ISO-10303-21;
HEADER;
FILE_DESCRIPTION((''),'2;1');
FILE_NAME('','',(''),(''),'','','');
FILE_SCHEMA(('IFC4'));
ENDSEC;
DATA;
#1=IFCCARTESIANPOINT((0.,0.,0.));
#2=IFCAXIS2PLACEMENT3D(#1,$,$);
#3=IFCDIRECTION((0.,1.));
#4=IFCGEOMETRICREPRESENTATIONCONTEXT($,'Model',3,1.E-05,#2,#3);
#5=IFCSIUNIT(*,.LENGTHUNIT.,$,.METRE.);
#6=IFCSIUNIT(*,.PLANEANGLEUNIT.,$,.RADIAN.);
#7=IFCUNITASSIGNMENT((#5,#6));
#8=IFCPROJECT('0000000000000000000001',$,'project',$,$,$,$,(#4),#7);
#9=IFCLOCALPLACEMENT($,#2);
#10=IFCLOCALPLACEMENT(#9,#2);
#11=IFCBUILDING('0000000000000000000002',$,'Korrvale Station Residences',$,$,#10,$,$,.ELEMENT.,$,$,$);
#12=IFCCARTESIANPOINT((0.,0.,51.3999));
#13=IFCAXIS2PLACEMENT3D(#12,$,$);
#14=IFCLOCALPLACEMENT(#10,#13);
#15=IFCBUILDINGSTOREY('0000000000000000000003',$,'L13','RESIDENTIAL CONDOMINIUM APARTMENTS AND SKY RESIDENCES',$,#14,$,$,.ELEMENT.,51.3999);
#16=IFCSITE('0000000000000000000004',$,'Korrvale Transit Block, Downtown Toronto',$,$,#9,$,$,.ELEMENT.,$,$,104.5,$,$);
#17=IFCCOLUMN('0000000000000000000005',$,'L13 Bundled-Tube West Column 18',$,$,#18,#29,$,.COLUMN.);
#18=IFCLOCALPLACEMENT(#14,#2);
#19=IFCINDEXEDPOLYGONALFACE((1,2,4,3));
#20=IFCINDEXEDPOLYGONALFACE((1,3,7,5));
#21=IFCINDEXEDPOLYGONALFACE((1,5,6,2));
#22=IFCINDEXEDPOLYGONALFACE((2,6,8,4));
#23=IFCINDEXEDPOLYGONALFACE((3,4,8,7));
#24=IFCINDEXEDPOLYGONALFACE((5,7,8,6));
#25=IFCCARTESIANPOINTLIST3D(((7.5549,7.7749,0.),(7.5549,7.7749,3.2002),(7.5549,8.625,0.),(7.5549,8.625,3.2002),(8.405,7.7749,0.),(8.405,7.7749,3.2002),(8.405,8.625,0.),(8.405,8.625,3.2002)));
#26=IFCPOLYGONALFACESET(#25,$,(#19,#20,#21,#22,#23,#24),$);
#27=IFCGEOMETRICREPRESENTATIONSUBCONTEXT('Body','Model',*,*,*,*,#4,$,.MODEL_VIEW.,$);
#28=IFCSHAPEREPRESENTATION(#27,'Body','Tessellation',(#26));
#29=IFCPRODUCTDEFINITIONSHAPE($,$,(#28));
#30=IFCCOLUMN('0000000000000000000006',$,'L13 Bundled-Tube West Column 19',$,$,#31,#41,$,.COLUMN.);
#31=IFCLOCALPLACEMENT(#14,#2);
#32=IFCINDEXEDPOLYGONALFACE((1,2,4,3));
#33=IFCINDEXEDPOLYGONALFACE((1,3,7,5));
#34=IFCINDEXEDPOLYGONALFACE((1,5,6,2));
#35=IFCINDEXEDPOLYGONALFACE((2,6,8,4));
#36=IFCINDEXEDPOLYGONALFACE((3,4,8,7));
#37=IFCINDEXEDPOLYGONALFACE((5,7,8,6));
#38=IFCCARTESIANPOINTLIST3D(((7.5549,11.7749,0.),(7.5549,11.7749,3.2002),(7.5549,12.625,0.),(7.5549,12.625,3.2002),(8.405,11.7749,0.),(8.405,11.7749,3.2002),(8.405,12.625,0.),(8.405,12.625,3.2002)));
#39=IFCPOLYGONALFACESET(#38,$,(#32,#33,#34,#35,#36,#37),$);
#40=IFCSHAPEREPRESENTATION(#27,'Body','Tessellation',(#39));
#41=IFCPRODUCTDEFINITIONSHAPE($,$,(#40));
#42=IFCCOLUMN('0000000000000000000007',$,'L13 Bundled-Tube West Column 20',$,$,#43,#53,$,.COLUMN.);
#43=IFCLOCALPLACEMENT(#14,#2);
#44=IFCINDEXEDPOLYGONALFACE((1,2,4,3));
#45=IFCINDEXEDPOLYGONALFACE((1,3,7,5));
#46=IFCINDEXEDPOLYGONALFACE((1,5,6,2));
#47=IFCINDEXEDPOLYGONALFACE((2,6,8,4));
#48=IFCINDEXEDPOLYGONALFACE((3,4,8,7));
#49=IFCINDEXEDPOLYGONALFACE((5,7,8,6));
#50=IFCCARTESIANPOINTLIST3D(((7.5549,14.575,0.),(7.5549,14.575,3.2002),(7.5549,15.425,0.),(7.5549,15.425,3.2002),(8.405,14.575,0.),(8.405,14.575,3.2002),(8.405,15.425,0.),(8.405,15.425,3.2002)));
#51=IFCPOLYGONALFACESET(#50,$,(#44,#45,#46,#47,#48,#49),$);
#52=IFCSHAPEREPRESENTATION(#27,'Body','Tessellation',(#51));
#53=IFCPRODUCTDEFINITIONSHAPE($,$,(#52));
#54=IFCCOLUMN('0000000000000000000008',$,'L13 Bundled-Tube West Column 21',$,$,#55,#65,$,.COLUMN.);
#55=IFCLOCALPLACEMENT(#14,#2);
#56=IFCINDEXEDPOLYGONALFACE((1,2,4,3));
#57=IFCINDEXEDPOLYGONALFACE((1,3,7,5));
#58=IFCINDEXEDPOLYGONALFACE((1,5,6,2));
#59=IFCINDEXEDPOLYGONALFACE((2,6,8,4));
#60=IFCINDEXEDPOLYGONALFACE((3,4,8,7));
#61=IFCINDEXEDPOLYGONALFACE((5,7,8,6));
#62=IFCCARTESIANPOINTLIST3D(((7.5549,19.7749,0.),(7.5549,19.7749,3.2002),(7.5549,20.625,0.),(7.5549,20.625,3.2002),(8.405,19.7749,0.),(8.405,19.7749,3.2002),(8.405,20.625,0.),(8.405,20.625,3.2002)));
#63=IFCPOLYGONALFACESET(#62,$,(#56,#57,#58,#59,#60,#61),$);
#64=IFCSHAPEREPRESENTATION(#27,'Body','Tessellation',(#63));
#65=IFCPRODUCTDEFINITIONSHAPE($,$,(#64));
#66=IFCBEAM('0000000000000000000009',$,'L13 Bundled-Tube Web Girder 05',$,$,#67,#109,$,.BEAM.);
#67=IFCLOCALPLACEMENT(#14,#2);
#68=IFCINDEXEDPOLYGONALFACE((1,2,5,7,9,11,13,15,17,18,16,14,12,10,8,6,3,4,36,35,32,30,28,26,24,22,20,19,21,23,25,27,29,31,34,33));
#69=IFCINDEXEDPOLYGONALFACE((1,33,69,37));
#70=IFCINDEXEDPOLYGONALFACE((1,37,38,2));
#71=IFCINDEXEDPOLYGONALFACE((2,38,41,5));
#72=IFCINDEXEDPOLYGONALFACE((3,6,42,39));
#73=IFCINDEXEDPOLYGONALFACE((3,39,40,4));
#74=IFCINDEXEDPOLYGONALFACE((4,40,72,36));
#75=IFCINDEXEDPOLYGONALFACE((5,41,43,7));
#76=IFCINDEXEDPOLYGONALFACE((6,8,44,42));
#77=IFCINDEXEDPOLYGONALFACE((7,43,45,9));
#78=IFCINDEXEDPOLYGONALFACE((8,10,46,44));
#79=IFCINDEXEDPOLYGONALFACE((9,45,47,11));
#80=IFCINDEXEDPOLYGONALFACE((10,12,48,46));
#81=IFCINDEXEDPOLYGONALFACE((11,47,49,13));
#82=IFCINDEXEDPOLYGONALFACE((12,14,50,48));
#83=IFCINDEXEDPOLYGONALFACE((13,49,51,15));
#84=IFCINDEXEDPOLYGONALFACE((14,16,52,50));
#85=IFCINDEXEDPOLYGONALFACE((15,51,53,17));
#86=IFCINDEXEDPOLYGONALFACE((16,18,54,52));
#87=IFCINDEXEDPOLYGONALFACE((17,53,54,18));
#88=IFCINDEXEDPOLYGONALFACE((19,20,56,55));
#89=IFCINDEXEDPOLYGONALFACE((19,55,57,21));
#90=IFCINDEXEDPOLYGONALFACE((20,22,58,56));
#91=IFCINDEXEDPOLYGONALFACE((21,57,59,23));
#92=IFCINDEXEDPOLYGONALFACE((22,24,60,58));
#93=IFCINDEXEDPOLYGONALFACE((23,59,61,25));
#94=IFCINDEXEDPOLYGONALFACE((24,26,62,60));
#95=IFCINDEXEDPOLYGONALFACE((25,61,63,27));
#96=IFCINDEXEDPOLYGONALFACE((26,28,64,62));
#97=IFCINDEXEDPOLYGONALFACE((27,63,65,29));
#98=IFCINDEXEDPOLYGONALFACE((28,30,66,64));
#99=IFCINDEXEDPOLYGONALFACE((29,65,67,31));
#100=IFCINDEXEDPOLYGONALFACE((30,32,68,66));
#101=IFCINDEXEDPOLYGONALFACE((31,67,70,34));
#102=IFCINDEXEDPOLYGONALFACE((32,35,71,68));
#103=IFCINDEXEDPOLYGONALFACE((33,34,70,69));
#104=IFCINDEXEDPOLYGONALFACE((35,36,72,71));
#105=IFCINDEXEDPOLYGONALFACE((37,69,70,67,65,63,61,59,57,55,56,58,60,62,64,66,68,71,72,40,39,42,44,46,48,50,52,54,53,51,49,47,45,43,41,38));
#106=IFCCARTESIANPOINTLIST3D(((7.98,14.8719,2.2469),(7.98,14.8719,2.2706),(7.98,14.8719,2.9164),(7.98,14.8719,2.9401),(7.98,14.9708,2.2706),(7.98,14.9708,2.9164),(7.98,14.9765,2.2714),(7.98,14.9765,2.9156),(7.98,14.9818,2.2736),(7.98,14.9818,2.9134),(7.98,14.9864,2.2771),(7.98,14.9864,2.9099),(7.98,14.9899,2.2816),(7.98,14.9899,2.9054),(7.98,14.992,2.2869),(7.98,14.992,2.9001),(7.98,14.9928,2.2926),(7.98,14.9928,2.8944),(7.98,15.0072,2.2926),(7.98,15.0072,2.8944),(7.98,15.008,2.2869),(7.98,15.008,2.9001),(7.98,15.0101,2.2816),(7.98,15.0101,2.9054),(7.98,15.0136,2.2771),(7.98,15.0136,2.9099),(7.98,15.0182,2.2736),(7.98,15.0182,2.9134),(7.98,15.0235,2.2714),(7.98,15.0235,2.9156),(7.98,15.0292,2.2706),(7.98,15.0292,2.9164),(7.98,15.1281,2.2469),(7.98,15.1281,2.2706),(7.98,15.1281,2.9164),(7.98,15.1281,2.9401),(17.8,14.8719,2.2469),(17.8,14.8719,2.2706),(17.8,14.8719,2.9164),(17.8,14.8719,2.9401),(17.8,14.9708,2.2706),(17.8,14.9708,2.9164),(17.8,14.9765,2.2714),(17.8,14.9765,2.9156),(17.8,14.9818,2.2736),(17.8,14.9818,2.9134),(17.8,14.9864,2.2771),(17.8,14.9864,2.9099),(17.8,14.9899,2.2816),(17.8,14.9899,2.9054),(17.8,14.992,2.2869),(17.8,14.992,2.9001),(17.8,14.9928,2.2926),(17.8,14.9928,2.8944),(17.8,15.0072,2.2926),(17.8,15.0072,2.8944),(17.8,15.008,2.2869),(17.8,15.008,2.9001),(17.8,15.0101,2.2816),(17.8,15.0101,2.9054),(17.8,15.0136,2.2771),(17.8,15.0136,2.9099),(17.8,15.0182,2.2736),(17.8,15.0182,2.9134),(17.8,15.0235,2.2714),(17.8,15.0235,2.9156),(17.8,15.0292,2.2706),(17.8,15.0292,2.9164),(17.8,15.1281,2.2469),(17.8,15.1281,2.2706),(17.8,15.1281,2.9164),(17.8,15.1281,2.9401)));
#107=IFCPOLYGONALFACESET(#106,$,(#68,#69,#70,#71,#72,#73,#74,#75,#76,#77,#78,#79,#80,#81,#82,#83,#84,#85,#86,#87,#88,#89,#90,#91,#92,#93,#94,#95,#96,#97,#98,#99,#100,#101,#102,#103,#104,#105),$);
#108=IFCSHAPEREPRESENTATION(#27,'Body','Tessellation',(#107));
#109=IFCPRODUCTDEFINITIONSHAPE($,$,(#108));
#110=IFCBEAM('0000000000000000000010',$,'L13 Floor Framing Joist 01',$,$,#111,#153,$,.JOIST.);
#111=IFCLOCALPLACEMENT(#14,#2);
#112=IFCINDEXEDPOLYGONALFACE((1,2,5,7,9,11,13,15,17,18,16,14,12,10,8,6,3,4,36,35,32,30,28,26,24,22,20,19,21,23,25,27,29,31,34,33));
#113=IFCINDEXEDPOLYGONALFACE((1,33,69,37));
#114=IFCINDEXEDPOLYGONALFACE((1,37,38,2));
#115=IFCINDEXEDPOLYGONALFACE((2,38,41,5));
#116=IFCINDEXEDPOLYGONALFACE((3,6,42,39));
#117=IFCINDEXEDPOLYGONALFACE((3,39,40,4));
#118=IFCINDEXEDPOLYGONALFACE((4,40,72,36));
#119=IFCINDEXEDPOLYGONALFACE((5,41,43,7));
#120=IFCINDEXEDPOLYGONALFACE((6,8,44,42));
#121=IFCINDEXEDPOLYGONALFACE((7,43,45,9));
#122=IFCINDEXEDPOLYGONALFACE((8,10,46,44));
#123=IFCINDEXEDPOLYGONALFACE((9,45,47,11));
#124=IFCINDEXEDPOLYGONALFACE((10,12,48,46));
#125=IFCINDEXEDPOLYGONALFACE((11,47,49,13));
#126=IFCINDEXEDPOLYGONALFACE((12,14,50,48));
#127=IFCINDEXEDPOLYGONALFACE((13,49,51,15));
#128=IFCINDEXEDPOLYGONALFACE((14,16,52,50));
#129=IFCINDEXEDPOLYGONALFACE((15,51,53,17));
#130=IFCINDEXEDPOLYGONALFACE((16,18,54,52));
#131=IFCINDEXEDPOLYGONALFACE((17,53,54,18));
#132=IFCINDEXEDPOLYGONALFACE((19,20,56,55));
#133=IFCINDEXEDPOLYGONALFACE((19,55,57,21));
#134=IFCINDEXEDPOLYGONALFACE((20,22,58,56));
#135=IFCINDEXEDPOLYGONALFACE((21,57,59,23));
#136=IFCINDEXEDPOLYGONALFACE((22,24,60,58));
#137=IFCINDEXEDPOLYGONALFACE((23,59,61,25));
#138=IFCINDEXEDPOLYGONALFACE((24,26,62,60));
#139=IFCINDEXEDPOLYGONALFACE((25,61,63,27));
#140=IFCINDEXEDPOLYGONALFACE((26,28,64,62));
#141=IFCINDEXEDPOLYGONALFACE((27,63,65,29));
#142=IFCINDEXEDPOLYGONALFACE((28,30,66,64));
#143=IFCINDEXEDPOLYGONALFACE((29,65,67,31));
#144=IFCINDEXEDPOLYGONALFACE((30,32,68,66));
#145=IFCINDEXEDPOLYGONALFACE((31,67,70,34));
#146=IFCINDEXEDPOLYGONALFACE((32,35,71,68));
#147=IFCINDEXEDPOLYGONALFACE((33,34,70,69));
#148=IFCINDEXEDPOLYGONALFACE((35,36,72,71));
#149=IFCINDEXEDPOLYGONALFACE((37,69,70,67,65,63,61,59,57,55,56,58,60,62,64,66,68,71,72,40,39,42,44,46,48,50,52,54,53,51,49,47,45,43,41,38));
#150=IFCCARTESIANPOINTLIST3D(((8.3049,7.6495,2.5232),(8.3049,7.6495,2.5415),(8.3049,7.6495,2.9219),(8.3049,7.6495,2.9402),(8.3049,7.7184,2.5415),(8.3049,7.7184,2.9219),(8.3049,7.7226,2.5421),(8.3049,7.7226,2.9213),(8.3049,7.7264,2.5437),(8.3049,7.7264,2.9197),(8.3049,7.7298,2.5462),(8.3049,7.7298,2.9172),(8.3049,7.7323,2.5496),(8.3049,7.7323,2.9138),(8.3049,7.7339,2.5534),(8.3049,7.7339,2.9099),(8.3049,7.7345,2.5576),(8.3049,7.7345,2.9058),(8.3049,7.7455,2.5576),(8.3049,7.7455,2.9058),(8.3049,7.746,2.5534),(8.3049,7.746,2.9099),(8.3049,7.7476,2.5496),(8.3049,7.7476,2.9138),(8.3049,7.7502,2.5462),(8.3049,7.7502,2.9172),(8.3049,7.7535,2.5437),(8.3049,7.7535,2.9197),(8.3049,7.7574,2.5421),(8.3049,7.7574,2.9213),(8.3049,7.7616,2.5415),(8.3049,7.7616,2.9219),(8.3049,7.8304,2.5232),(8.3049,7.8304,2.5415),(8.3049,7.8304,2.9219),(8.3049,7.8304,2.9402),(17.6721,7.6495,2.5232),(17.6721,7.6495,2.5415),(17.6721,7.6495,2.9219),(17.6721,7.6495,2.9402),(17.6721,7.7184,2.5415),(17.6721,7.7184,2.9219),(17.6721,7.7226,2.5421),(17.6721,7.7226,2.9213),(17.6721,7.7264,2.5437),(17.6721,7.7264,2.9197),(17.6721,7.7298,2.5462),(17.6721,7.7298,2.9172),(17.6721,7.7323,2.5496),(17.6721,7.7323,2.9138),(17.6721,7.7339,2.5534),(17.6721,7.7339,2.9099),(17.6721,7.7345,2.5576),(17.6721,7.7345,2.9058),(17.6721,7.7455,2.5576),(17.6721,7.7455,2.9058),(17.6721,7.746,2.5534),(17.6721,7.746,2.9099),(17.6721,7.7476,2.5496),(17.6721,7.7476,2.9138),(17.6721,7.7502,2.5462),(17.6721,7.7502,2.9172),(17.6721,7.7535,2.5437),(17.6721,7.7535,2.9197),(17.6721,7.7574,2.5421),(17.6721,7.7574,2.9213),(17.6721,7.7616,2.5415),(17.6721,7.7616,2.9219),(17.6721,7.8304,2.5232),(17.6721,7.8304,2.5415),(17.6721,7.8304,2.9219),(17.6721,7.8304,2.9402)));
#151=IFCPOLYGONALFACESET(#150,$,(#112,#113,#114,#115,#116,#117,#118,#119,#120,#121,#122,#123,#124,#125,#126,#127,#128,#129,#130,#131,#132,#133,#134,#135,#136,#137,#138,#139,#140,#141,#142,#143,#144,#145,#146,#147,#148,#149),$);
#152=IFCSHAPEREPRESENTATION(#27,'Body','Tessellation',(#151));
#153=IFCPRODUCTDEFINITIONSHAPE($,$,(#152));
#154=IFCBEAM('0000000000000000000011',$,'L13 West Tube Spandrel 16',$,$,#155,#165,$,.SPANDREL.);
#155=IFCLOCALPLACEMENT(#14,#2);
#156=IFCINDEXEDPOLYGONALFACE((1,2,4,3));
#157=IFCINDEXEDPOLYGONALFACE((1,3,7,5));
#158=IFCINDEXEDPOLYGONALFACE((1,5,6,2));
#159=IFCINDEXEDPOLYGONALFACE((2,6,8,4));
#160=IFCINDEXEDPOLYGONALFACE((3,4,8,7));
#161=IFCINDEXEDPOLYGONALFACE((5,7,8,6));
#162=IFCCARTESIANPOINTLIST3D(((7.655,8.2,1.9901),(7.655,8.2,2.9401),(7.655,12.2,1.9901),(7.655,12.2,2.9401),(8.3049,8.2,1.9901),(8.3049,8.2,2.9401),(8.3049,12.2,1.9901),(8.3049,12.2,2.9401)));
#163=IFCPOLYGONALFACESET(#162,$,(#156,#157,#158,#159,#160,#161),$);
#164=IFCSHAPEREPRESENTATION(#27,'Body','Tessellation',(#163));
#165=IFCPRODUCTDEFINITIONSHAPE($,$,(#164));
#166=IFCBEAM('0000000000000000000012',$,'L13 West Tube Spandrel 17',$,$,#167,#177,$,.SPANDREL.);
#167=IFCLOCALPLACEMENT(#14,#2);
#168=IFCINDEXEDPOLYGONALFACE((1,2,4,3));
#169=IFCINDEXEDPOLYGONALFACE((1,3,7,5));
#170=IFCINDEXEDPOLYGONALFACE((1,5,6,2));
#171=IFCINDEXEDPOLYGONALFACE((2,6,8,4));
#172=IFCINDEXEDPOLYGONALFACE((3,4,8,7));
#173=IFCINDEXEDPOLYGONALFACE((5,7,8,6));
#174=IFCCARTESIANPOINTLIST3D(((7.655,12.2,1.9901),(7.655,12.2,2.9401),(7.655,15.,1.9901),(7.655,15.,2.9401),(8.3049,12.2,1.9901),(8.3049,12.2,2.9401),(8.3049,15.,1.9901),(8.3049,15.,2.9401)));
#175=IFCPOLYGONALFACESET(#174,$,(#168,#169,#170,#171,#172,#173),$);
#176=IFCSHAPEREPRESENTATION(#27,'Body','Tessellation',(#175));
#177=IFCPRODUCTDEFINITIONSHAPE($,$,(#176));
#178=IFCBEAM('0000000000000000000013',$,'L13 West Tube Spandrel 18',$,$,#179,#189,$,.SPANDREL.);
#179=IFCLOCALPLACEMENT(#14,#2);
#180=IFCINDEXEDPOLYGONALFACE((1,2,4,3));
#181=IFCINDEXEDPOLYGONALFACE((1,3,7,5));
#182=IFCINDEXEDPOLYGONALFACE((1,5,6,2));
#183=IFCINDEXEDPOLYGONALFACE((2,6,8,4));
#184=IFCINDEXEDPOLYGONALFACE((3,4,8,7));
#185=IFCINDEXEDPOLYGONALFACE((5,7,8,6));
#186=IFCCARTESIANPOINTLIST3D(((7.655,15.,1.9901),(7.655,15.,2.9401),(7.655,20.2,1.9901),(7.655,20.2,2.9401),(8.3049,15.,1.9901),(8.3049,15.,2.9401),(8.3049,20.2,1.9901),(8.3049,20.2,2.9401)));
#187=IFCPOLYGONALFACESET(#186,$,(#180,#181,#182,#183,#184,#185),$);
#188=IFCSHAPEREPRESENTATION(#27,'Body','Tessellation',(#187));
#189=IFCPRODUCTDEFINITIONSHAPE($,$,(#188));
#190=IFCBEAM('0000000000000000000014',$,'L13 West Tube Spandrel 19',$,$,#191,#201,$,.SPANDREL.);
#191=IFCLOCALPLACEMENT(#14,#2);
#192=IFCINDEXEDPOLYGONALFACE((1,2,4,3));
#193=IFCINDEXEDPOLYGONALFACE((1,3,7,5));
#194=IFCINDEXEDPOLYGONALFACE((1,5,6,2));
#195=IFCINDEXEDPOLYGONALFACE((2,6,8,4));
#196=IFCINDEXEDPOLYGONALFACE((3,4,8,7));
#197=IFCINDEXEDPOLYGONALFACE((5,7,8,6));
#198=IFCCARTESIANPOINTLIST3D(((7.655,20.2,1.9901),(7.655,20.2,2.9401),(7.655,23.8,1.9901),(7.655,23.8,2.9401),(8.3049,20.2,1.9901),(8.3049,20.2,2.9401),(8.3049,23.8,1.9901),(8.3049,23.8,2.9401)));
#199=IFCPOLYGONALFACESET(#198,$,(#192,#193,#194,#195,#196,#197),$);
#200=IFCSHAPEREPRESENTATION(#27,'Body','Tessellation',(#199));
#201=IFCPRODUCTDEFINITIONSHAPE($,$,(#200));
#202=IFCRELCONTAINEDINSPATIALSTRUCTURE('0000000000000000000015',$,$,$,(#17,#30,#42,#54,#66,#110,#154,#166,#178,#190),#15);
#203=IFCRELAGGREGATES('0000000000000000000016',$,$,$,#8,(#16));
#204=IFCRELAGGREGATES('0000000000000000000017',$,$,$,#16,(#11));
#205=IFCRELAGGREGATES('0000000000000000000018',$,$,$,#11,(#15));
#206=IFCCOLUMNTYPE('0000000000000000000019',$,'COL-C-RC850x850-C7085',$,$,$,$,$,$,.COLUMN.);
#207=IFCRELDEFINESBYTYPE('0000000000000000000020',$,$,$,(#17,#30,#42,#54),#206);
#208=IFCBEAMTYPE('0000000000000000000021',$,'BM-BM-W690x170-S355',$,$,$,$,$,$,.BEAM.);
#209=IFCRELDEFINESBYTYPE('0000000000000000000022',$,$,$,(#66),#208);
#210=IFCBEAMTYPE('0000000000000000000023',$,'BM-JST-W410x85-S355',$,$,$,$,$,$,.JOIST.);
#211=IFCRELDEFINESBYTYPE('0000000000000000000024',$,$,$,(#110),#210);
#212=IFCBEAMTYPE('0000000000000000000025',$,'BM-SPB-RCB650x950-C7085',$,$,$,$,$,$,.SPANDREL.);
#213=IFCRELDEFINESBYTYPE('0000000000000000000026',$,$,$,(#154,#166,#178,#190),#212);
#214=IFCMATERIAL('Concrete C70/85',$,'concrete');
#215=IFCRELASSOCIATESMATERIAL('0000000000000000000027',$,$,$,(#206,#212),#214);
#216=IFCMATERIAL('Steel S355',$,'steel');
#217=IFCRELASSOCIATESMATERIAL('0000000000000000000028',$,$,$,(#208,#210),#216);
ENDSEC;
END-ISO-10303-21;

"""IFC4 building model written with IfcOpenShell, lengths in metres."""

from ifc_helpers import new_model, si_unit, direction, frame, origin, origin_2d, place, context, subcontext, project, spatial, rectangle, i_section, extrude, material, material_profile, profile_set, type_object, element, save


model = new_model("IFC4")

# Units and contexts
model_context = context("Model", 3, precision=1e-05, world=origin(), true_north=direction((0.0, 1.0)))
body_context = subcontext(model_context, "Body", "Model", "MODEL_VIEW")
ifc_project = project(units=[si_unit("LENGTHUNIT", "METRE"), si_unit("PLANEANGLEUNIT", "RADIAN")], contexts=[model_context])

# Site, building, storey
site_placement = place(None, origin())
site = spatial("IfcSite", under=ifc_project, at=site_placement, Name="Korrvale Transit Block, Downtown Toronto", CompositionType="ELEMENT", RefElevation=104.5)
building_placement = place(site_placement, origin())
building = spatial("IfcBuilding", under=site, at=building_placement, Name="Korrvale Station Residences", CompositionType="ELEMENT")
storey_placement = place(building_placement, frame((0.0, 0.0, 51.3999)))
storey = spatial("IfcBuildingStorey", under=building, at=storey_placement, Name="L13", Description="RESIDENTIAL CONDOMINIUM APARTMENTS AND SKY RESIDENCES", CompositionType="ELEMENT", Elevation=51.3999)

# Columns
ifc_material_1 = material(Name="Concrete C70/85", Category="concrete")
ifc_material_profile_1 = material_profile(ifc_material_1, rectangle(XDim=0.8501, YDim=0.8501, at=origin_2d()), Name="RC850x850")
ifc_profile_set_1 = profile_set([ifc_material_profile_1], Name="Concrete C70/85")
column_type = type_object("IfcColumnType", Name="COL-C-RC850x850-C7085", PredefinedType="COLUMN", material=ifc_profile_set_1)
for number, where, z_axis, x_axis, name in (
    (1, (7.98, 8.2, 0.0), (0.0, 0.0, 1.0), (1.0, 0.0, 0.0), "L13 Bundled-Tube West Column 18"),
    (2, (7.98, 12.2, 0.0), (0.0, 0.0, 1.0), (1.0, 0.0, 0.0), "L13 Bundled-Tube West Column 19"),
    (3, (7.98, 15.0, 0.0), (0.0, 0.0, 1.0), (1.0, 0.0, 0.0), "L13 Bundled-Tube West Column 20"),
    (4, (7.98, 20.2, 0.0), (0.0, 0.0, 1.0), (1.0, 0.0, 0.0), "L13 Bundled-Tube West Column 21"),
):
    element("IfcColumn", number, at=place(storey_placement, frame(where, z_axis=z_axis, x_axis=x_axis)), inside=storey, type_object=column_type, Name=name, PredefinedType="COLUMN", context=body_context, shape_type="SweptSolid", body=[
        extrude(rectangle(XDim=0.8501, YDim=0.8501, at=origin_2d()), origin(), (0.0, 0.0, 1.0), 3.2002),
    ])

# Beams
ifc_material_2 = material(Name="Steel S355", Category="steel")
ifc_material_profile_2 = material_profile(ifc_material_2, i_section(OverallWidth=0.2561, OverallDepth=0.6931, WebThickness=0.0144, FlangeThickness=0.0237, FilletRadius=0.022, at=origin_2d()), Name="W690x170")
ifc_profile_set_2 = profile_set([ifc_material_profile_2], Name="Steel S355")
beam_type_1 = type_object("IfcBeamType", Name="BM-BM-W690x170-S355", PredefinedType="BEAM", material=ifc_profile_set_2)
beam_1_placement = place(storey_placement, frame((7.98, 15.0, 2.5935), z_axis=(1.0, 0.0, 0.0), x_axis=(0.0, 1.0, 0.0)))
element("IfcBeam", 5, at=beam_1_placement, inside=storey, type_object=beam_type_1, Name="L13 Bundled-Tube Web Girder 05", PredefinedType="BEAM", context=body_context, shape_type="SweptSolid", body=[
    extrude(i_section(OverallWidth=0.2561, OverallDepth=0.6931, WebThickness=0.0144, FlangeThickness=0.0237, FilletRadius=0.022, at=origin_2d()), origin(), (0.0, 0.0, 1.0), 9.8201),
])
ifc_material_profile_3 = material_profile(ifc_material_2, i_section(OverallWidth=0.1809, OverallDepth=0.417, WebThickness=0.011, FlangeThickness=0.0183, FilletRadius=0.0161, at=origin_2d()), Name="W410x85")
ifc_profile_set_3 = profile_set([ifc_material_profile_3], Name="Steel S355")
beam_type_2 = type_object("IfcBeamType", Name="BM-JST-W410x85-S355", PredefinedType="JOIST", material=ifc_profile_set_3)
beam_2_placement = place(storey_placement, frame((8.3049, 7.74, 2.7317), z_axis=(1.0, 0.0, 0.0), x_axis=(0.0, 1.0, 0.0)))
element("IfcBeam", 6, at=beam_2_placement, inside=storey, type_object=beam_type_2, Name="L13 Floor Framing Joist 01", PredefinedType="JOIST", context=body_context, shape_type="SweptSolid", body=[
    extrude(i_section(OverallWidth=0.1809, OverallDepth=0.417, WebThickness=0.011, FlangeThickness=0.0183, FilletRadius=0.0161, at=origin_2d()), origin(), (0.0, 0.0, 1.0), 9.3672),
])
ifc_material_profile_4 = material_profile(ifc_material_1, rectangle(XDim=0.6499, YDim=0.95, at=origin_2d()), Name="RCB650x950")
ifc_profile_set_4 = profile_set([ifc_material_profile_4], Name="Concrete C70/85")
beam_type_3 = type_object("IfcBeamType", Name="BM-SPB-RCB650x950-C7085", PredefinedType="SPANDREL", material=ifc_profile_set_4)
beam_3_placement = place(storey_placement, frame((7.98, 8.2, 2.4651), z_axis=(0.0, 1.0, 0.0), x_axis=(-1.0, 0.0, 0.0)))
element("IfcBeam", 7, at=beam_3_placement, inside=storey, type_object=beam_type_3, Name="L13 West Tube Spandrel 16", PredefinedType="SPANDREL", context=body_context, shape_type="SweptSolid", body=[
    extrude(rectangle(XDim=0.6499, YDim=0.95, at=origin_2d()), origin(), (0.0, 0.0, 1.0), 4.0),
])
beam_4_placement = place(storey_placement, frame((7.98, 12.2, 2.4651), z_axis=(0.0, 1.0, 0.0), x_axis=(-1.0, 0.0, 0.0)))
element("IfcBeam", 8, at=beam_4_placement, inside=storey, type_object=beam_type_3, Name="L13 West Tube Spandrel 17", PredefinedType="SPANDREL", context=body_context, shape_type="SweptSolid", body=[
    extrude(rectangle(XDim=0.6499, YDim=0.95, at=origin_2d()), origin(), (0.0, 0.0, 1.0), 2.8),
])
beam_5_placement = place(storey_placement, frame((7.98, 15.0, 2.4651), z_axis=(0.0, 1.0, 0.0), x_axis=(-1.0, 0.0, 0.0)))
element("IfcBeam", 9, at=beam_5_placement, inside=storey, type_object=beam_type_3, Name="L13 West Tube Spandrel 18", PredefinedType="SPANDREL", context=body_context, shape_type="SweptSolid", body=[
    extrude(rectangle(XDim=0.6499, YDim=0.95, at=origin_2d()), origin(), (0.0, 0.0, 1.0), 5.2),
])
beam_6_placement = place(storey_placement, frame((7.98, 20.2, 2.4651), z_axis=(0.0, 1.0, 0.0), x_axis=(-1.0, 0.0, 0.0)))
element("IfcBeam", 10, at=beam_6_placement, inside=storey, type_object=beam_type_3, Name="L13 West Tube Spandrel 19", PredefinedType="SPANDREL", context=body_context, shape_type="SweptSolid", body=[
    extrude(rectangle(XDim=0.6499, YDim=0.95, at=origin_2d()), origin(), (0.0, 0.0, 1.0), 3.6001),
])

save(model, "model.ifc")
